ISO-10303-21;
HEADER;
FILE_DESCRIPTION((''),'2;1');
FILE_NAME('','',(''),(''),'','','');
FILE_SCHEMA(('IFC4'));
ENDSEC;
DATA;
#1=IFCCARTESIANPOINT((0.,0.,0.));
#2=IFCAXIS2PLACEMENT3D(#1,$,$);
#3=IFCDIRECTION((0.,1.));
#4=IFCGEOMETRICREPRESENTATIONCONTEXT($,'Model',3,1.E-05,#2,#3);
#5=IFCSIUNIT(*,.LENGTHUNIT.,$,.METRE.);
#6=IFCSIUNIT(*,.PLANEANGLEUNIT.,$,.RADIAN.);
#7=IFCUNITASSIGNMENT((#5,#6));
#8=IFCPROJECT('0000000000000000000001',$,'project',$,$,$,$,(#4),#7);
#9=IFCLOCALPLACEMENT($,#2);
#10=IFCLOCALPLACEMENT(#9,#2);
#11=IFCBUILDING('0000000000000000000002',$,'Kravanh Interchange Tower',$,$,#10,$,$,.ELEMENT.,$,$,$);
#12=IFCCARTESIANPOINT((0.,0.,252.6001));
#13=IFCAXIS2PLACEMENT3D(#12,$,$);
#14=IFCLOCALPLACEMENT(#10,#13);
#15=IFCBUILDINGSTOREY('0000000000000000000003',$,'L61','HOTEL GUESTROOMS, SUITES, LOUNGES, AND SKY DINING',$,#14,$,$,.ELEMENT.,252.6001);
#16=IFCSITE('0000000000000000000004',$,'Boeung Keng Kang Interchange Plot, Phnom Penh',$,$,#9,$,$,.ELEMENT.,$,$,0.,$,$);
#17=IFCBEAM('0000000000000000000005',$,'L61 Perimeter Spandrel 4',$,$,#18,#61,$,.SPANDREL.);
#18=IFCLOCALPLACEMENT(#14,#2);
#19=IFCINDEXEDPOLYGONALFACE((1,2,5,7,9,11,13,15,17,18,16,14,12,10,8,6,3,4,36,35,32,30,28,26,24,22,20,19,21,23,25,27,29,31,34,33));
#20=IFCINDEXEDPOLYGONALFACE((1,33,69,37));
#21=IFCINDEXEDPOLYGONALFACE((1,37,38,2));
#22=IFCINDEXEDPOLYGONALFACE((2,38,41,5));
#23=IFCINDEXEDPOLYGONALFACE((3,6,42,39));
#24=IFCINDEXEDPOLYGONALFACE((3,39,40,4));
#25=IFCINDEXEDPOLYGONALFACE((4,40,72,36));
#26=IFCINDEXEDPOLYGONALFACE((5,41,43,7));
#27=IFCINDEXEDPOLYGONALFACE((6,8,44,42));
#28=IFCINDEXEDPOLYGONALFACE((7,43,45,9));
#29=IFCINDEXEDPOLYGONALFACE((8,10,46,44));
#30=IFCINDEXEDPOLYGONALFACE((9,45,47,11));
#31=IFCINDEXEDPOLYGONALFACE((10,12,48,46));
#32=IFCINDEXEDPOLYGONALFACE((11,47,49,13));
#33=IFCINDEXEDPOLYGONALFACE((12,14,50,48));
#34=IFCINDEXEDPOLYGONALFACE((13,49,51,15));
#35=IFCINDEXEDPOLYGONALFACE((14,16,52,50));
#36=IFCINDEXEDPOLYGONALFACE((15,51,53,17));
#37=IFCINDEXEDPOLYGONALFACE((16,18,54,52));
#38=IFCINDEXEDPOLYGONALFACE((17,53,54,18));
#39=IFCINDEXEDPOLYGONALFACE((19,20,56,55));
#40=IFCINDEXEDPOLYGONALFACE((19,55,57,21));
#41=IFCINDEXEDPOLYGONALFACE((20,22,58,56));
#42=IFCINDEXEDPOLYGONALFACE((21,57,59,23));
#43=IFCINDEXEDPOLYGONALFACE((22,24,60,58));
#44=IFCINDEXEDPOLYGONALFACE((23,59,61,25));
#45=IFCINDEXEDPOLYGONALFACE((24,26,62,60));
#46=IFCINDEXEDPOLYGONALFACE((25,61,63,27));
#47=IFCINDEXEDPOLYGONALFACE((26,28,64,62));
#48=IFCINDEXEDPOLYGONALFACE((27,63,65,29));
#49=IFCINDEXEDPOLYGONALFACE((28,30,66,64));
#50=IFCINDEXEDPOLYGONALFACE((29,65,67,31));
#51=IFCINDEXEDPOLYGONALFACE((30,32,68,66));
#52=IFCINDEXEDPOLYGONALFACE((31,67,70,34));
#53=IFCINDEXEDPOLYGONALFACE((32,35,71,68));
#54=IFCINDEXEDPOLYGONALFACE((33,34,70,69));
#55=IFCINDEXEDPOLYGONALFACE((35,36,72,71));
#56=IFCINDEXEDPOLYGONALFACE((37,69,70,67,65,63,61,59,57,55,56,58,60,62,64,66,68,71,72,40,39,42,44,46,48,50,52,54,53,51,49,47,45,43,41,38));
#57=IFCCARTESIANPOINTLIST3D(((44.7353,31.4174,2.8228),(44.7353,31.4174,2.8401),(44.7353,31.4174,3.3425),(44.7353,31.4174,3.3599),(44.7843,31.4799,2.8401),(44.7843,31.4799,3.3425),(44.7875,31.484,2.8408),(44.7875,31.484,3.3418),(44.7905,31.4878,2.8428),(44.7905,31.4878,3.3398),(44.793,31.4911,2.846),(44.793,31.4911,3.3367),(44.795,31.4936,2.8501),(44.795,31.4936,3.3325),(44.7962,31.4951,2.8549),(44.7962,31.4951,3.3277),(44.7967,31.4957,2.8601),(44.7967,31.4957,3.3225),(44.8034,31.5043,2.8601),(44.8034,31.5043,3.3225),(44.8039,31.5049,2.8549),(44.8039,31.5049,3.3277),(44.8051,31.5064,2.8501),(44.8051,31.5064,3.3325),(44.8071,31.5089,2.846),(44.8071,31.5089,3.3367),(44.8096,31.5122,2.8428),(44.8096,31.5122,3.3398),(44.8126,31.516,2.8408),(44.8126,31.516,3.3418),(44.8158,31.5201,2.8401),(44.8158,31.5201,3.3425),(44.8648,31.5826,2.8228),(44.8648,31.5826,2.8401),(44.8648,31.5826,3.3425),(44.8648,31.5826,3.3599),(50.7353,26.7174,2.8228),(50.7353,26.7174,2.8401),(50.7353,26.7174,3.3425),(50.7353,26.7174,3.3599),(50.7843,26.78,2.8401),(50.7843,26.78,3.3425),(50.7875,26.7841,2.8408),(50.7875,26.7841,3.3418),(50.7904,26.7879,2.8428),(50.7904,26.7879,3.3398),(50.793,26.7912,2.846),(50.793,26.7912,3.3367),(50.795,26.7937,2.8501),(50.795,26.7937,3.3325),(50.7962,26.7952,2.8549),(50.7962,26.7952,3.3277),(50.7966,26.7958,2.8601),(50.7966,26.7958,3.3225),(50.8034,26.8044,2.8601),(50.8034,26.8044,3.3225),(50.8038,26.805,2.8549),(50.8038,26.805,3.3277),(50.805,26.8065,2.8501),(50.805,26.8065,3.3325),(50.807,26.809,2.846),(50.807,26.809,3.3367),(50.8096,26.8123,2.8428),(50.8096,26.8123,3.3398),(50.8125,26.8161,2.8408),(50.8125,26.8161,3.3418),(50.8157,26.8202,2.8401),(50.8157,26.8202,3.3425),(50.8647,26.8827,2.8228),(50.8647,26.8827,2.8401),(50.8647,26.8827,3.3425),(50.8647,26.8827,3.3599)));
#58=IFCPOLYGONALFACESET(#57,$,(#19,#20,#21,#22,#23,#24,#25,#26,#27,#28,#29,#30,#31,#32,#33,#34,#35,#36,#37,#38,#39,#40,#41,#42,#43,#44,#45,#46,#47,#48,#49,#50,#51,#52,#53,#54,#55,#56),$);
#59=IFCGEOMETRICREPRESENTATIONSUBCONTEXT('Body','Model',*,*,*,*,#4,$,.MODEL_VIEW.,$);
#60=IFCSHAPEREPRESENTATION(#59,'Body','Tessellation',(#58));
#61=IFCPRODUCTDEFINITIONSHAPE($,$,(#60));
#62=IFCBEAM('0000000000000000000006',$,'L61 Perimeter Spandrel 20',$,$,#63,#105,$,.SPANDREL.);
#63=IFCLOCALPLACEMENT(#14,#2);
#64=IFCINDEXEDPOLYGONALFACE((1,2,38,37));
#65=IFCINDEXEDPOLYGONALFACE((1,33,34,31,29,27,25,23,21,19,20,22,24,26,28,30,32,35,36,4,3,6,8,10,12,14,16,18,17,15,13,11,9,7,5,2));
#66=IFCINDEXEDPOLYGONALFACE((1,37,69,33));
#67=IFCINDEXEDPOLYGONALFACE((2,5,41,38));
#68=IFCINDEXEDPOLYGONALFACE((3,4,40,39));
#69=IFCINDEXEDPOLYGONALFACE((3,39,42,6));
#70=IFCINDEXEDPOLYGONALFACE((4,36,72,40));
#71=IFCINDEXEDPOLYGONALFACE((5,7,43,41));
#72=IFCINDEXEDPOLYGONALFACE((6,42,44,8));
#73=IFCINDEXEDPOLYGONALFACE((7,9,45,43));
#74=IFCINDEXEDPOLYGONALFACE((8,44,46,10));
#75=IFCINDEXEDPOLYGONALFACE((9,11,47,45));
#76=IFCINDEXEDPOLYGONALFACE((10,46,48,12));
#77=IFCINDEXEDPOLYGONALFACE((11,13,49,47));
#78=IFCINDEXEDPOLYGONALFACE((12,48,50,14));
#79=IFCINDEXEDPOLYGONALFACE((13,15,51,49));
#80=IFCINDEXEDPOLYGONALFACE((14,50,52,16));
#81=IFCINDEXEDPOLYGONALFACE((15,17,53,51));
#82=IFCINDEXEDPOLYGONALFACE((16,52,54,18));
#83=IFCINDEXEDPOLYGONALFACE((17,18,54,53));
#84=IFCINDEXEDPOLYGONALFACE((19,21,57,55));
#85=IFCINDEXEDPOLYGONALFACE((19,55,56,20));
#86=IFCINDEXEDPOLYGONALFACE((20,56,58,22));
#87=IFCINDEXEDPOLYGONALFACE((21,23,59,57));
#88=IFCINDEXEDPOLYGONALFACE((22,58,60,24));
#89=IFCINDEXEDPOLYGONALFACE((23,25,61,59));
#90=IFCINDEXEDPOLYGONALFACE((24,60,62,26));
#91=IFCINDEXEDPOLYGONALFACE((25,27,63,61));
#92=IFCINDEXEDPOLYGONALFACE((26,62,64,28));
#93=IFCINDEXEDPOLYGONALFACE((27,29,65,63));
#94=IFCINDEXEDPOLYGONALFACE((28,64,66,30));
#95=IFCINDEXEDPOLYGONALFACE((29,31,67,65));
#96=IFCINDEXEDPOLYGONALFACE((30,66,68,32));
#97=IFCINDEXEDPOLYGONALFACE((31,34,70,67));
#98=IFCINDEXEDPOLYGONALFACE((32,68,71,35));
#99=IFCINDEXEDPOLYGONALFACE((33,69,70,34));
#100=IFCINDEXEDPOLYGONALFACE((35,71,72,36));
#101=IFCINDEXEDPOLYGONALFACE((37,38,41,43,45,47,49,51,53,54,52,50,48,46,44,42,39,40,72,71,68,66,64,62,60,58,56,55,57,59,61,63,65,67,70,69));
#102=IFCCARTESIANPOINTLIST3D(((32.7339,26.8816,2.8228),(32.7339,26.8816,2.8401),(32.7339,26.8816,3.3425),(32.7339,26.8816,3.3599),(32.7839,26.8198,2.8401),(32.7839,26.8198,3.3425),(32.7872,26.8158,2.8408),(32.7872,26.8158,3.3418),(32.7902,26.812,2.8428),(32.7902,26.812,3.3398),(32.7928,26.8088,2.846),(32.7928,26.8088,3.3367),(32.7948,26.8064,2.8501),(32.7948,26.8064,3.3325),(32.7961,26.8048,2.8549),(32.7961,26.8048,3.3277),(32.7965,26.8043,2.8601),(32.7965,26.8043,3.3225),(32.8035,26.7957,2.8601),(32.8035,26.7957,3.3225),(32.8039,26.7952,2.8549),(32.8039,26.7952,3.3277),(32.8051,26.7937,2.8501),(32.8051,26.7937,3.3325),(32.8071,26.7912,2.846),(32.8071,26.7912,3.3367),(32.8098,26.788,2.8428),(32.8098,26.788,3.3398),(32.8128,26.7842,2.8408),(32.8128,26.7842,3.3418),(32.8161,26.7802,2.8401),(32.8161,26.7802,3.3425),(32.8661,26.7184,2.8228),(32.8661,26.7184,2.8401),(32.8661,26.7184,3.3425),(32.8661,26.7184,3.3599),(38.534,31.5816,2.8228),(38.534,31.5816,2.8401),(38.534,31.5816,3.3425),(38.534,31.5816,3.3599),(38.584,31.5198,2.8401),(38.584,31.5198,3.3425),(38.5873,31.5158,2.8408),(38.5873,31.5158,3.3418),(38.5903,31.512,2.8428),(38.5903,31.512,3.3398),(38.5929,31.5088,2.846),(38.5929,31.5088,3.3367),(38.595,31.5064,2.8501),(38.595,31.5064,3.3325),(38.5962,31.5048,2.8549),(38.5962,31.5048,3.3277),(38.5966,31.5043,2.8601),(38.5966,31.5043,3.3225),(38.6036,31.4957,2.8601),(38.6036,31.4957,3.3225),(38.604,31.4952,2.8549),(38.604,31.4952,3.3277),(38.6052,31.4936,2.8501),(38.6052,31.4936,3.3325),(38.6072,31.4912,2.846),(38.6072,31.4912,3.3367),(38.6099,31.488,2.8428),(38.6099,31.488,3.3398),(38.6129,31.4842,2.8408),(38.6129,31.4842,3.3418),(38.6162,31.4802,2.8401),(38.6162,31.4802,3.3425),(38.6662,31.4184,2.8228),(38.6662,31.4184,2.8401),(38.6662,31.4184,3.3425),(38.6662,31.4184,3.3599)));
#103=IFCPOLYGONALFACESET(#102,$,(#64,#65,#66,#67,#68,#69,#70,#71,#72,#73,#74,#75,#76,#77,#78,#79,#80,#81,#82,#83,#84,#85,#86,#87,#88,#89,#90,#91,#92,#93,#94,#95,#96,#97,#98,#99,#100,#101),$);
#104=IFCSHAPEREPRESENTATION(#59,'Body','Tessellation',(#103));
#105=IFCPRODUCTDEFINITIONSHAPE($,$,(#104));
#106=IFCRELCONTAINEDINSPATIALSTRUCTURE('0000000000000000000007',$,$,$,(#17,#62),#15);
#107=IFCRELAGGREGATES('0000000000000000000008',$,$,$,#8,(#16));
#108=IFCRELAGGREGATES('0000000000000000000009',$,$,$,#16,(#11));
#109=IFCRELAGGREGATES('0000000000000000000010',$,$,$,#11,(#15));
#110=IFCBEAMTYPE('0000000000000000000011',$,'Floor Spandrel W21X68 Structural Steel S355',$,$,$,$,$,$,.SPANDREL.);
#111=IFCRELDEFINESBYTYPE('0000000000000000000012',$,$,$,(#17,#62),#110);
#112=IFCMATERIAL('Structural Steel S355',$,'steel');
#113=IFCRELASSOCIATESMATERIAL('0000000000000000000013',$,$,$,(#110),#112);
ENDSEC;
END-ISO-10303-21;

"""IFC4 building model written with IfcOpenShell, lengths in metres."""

from ifc_helpers import new_model, si_unit, direction, frame, origin, origin_2d, place, context, subcontext, project, spatial, i_section, extrude, material, material_profile, profile_set, type_object, element, save


model = new_model("IFC4")

# Units and contexts
model_context = context("Model", 3, precision=1e-05, world=origin(), true_north=direction((0.0, 1.0)))
body_context = subcontext(model_context, "Body", "Model", "MODEL_VIEW")
ifc_project = project(units=[si_unit("LENGTHUNIT", "METRE"), si_unit("PLANEANGLEUNIT", "RADIAN")], contexts=[model_context])

# Site, building, storey
site_placement = place(None, origin())
site = spatial("IfcSite", under=ifc_project, at=site_placement, Name="Boeung Keng Kang Interchange Plot, Phnom Penh", CompositionType="ELEMENT", RefElevation=0.0)
building_placement = place(site_placement, origin())
building = spatial("IfcBuilding", under=site, at=building_placement, Name="Kravanh Interchange Tower", CompositionType="ELEMENT")
storey_placement = place(building_placement, frame((0.0, 0.0, 252.6001)))
storey = spatial("IfcBuildingStorey", under=building, at=storey_placement, Name="L61", Description="HOTEL GUESTROOMS, SUITES, LOUNGES, AND SKY DINING", CompositionType="ELEMENT", Elevation=252.6001)

# Beams
ifc_material_1 = material(Name="Structural Steel S355", Category="steel")
ifc_material_profile_1 = material_profile(ifc_material_1, i_section(OverallWidth=0.21, OverallDepth=0.5371, WebThickness=0.011, FlangeThickness=0.0173, FilletRadius=0.02, at=origin_2d()), Name="W21X68")
ifc_profile_set_1 = profile_set([ifc_material_profile_1], Name="Structural Steel S355")
beam_type_1 = type_object("IfcBeamType", Name="Floor Spandrel W21X68 Structural Steel S355", PredefinedType="SPANDREL", material=ifc_profile_set_1)
beam_1_placement = place(storey_placement, frame((44.8, 31.5, 3.0913), z_axis=(0.787231, -0.616658, 0.0), x_axis=(0.616658, 0.787231, 0.0)))
element("IfcBeam", 1, at=beam_1_placement, inside=storey, type_object=beam_type_1, Name="L61 Perimeter Spandrel 4", PredefinedType="SPANDREL", context=body_context, shape_type="SweptSolid", body=[
    extrude(i_section(OverallWidth=0.21, OverallDepth=0.5371, WebThickness=0.011, FlangeThickness=0.0173, FilletRadius=0.02, at=origin_2d()), origin(), (0.0, 0.0, 1.0), 7.6216),
])
beam_2_placement = place(storey_placement, frame((38.6001, 31.5, 3.0913), z_axis=(-0.776939, -0.629576, 0.0), x_axis=(0.629576, -0.776939, 0.0)))
element("IfcBeam", 2, at=beam_2_placement, inside=storey, type_object=beam_type_1, Name="L61 Perimeter Spandrel 20", PredefinedType="SPANDREL", context=body_context, shape_type="SweptSolid", body=[
    extrude(i_section(OverallWidth=0.21, OverallDepth=0.5371, WebThickness=0.011, FlangeThickness=0.0173, FilletRadius=0.02, at=origin_2d()), origin(), (0.0, 0.0, 1.0), 7.4653),
])

save(model, "model.ifc")
